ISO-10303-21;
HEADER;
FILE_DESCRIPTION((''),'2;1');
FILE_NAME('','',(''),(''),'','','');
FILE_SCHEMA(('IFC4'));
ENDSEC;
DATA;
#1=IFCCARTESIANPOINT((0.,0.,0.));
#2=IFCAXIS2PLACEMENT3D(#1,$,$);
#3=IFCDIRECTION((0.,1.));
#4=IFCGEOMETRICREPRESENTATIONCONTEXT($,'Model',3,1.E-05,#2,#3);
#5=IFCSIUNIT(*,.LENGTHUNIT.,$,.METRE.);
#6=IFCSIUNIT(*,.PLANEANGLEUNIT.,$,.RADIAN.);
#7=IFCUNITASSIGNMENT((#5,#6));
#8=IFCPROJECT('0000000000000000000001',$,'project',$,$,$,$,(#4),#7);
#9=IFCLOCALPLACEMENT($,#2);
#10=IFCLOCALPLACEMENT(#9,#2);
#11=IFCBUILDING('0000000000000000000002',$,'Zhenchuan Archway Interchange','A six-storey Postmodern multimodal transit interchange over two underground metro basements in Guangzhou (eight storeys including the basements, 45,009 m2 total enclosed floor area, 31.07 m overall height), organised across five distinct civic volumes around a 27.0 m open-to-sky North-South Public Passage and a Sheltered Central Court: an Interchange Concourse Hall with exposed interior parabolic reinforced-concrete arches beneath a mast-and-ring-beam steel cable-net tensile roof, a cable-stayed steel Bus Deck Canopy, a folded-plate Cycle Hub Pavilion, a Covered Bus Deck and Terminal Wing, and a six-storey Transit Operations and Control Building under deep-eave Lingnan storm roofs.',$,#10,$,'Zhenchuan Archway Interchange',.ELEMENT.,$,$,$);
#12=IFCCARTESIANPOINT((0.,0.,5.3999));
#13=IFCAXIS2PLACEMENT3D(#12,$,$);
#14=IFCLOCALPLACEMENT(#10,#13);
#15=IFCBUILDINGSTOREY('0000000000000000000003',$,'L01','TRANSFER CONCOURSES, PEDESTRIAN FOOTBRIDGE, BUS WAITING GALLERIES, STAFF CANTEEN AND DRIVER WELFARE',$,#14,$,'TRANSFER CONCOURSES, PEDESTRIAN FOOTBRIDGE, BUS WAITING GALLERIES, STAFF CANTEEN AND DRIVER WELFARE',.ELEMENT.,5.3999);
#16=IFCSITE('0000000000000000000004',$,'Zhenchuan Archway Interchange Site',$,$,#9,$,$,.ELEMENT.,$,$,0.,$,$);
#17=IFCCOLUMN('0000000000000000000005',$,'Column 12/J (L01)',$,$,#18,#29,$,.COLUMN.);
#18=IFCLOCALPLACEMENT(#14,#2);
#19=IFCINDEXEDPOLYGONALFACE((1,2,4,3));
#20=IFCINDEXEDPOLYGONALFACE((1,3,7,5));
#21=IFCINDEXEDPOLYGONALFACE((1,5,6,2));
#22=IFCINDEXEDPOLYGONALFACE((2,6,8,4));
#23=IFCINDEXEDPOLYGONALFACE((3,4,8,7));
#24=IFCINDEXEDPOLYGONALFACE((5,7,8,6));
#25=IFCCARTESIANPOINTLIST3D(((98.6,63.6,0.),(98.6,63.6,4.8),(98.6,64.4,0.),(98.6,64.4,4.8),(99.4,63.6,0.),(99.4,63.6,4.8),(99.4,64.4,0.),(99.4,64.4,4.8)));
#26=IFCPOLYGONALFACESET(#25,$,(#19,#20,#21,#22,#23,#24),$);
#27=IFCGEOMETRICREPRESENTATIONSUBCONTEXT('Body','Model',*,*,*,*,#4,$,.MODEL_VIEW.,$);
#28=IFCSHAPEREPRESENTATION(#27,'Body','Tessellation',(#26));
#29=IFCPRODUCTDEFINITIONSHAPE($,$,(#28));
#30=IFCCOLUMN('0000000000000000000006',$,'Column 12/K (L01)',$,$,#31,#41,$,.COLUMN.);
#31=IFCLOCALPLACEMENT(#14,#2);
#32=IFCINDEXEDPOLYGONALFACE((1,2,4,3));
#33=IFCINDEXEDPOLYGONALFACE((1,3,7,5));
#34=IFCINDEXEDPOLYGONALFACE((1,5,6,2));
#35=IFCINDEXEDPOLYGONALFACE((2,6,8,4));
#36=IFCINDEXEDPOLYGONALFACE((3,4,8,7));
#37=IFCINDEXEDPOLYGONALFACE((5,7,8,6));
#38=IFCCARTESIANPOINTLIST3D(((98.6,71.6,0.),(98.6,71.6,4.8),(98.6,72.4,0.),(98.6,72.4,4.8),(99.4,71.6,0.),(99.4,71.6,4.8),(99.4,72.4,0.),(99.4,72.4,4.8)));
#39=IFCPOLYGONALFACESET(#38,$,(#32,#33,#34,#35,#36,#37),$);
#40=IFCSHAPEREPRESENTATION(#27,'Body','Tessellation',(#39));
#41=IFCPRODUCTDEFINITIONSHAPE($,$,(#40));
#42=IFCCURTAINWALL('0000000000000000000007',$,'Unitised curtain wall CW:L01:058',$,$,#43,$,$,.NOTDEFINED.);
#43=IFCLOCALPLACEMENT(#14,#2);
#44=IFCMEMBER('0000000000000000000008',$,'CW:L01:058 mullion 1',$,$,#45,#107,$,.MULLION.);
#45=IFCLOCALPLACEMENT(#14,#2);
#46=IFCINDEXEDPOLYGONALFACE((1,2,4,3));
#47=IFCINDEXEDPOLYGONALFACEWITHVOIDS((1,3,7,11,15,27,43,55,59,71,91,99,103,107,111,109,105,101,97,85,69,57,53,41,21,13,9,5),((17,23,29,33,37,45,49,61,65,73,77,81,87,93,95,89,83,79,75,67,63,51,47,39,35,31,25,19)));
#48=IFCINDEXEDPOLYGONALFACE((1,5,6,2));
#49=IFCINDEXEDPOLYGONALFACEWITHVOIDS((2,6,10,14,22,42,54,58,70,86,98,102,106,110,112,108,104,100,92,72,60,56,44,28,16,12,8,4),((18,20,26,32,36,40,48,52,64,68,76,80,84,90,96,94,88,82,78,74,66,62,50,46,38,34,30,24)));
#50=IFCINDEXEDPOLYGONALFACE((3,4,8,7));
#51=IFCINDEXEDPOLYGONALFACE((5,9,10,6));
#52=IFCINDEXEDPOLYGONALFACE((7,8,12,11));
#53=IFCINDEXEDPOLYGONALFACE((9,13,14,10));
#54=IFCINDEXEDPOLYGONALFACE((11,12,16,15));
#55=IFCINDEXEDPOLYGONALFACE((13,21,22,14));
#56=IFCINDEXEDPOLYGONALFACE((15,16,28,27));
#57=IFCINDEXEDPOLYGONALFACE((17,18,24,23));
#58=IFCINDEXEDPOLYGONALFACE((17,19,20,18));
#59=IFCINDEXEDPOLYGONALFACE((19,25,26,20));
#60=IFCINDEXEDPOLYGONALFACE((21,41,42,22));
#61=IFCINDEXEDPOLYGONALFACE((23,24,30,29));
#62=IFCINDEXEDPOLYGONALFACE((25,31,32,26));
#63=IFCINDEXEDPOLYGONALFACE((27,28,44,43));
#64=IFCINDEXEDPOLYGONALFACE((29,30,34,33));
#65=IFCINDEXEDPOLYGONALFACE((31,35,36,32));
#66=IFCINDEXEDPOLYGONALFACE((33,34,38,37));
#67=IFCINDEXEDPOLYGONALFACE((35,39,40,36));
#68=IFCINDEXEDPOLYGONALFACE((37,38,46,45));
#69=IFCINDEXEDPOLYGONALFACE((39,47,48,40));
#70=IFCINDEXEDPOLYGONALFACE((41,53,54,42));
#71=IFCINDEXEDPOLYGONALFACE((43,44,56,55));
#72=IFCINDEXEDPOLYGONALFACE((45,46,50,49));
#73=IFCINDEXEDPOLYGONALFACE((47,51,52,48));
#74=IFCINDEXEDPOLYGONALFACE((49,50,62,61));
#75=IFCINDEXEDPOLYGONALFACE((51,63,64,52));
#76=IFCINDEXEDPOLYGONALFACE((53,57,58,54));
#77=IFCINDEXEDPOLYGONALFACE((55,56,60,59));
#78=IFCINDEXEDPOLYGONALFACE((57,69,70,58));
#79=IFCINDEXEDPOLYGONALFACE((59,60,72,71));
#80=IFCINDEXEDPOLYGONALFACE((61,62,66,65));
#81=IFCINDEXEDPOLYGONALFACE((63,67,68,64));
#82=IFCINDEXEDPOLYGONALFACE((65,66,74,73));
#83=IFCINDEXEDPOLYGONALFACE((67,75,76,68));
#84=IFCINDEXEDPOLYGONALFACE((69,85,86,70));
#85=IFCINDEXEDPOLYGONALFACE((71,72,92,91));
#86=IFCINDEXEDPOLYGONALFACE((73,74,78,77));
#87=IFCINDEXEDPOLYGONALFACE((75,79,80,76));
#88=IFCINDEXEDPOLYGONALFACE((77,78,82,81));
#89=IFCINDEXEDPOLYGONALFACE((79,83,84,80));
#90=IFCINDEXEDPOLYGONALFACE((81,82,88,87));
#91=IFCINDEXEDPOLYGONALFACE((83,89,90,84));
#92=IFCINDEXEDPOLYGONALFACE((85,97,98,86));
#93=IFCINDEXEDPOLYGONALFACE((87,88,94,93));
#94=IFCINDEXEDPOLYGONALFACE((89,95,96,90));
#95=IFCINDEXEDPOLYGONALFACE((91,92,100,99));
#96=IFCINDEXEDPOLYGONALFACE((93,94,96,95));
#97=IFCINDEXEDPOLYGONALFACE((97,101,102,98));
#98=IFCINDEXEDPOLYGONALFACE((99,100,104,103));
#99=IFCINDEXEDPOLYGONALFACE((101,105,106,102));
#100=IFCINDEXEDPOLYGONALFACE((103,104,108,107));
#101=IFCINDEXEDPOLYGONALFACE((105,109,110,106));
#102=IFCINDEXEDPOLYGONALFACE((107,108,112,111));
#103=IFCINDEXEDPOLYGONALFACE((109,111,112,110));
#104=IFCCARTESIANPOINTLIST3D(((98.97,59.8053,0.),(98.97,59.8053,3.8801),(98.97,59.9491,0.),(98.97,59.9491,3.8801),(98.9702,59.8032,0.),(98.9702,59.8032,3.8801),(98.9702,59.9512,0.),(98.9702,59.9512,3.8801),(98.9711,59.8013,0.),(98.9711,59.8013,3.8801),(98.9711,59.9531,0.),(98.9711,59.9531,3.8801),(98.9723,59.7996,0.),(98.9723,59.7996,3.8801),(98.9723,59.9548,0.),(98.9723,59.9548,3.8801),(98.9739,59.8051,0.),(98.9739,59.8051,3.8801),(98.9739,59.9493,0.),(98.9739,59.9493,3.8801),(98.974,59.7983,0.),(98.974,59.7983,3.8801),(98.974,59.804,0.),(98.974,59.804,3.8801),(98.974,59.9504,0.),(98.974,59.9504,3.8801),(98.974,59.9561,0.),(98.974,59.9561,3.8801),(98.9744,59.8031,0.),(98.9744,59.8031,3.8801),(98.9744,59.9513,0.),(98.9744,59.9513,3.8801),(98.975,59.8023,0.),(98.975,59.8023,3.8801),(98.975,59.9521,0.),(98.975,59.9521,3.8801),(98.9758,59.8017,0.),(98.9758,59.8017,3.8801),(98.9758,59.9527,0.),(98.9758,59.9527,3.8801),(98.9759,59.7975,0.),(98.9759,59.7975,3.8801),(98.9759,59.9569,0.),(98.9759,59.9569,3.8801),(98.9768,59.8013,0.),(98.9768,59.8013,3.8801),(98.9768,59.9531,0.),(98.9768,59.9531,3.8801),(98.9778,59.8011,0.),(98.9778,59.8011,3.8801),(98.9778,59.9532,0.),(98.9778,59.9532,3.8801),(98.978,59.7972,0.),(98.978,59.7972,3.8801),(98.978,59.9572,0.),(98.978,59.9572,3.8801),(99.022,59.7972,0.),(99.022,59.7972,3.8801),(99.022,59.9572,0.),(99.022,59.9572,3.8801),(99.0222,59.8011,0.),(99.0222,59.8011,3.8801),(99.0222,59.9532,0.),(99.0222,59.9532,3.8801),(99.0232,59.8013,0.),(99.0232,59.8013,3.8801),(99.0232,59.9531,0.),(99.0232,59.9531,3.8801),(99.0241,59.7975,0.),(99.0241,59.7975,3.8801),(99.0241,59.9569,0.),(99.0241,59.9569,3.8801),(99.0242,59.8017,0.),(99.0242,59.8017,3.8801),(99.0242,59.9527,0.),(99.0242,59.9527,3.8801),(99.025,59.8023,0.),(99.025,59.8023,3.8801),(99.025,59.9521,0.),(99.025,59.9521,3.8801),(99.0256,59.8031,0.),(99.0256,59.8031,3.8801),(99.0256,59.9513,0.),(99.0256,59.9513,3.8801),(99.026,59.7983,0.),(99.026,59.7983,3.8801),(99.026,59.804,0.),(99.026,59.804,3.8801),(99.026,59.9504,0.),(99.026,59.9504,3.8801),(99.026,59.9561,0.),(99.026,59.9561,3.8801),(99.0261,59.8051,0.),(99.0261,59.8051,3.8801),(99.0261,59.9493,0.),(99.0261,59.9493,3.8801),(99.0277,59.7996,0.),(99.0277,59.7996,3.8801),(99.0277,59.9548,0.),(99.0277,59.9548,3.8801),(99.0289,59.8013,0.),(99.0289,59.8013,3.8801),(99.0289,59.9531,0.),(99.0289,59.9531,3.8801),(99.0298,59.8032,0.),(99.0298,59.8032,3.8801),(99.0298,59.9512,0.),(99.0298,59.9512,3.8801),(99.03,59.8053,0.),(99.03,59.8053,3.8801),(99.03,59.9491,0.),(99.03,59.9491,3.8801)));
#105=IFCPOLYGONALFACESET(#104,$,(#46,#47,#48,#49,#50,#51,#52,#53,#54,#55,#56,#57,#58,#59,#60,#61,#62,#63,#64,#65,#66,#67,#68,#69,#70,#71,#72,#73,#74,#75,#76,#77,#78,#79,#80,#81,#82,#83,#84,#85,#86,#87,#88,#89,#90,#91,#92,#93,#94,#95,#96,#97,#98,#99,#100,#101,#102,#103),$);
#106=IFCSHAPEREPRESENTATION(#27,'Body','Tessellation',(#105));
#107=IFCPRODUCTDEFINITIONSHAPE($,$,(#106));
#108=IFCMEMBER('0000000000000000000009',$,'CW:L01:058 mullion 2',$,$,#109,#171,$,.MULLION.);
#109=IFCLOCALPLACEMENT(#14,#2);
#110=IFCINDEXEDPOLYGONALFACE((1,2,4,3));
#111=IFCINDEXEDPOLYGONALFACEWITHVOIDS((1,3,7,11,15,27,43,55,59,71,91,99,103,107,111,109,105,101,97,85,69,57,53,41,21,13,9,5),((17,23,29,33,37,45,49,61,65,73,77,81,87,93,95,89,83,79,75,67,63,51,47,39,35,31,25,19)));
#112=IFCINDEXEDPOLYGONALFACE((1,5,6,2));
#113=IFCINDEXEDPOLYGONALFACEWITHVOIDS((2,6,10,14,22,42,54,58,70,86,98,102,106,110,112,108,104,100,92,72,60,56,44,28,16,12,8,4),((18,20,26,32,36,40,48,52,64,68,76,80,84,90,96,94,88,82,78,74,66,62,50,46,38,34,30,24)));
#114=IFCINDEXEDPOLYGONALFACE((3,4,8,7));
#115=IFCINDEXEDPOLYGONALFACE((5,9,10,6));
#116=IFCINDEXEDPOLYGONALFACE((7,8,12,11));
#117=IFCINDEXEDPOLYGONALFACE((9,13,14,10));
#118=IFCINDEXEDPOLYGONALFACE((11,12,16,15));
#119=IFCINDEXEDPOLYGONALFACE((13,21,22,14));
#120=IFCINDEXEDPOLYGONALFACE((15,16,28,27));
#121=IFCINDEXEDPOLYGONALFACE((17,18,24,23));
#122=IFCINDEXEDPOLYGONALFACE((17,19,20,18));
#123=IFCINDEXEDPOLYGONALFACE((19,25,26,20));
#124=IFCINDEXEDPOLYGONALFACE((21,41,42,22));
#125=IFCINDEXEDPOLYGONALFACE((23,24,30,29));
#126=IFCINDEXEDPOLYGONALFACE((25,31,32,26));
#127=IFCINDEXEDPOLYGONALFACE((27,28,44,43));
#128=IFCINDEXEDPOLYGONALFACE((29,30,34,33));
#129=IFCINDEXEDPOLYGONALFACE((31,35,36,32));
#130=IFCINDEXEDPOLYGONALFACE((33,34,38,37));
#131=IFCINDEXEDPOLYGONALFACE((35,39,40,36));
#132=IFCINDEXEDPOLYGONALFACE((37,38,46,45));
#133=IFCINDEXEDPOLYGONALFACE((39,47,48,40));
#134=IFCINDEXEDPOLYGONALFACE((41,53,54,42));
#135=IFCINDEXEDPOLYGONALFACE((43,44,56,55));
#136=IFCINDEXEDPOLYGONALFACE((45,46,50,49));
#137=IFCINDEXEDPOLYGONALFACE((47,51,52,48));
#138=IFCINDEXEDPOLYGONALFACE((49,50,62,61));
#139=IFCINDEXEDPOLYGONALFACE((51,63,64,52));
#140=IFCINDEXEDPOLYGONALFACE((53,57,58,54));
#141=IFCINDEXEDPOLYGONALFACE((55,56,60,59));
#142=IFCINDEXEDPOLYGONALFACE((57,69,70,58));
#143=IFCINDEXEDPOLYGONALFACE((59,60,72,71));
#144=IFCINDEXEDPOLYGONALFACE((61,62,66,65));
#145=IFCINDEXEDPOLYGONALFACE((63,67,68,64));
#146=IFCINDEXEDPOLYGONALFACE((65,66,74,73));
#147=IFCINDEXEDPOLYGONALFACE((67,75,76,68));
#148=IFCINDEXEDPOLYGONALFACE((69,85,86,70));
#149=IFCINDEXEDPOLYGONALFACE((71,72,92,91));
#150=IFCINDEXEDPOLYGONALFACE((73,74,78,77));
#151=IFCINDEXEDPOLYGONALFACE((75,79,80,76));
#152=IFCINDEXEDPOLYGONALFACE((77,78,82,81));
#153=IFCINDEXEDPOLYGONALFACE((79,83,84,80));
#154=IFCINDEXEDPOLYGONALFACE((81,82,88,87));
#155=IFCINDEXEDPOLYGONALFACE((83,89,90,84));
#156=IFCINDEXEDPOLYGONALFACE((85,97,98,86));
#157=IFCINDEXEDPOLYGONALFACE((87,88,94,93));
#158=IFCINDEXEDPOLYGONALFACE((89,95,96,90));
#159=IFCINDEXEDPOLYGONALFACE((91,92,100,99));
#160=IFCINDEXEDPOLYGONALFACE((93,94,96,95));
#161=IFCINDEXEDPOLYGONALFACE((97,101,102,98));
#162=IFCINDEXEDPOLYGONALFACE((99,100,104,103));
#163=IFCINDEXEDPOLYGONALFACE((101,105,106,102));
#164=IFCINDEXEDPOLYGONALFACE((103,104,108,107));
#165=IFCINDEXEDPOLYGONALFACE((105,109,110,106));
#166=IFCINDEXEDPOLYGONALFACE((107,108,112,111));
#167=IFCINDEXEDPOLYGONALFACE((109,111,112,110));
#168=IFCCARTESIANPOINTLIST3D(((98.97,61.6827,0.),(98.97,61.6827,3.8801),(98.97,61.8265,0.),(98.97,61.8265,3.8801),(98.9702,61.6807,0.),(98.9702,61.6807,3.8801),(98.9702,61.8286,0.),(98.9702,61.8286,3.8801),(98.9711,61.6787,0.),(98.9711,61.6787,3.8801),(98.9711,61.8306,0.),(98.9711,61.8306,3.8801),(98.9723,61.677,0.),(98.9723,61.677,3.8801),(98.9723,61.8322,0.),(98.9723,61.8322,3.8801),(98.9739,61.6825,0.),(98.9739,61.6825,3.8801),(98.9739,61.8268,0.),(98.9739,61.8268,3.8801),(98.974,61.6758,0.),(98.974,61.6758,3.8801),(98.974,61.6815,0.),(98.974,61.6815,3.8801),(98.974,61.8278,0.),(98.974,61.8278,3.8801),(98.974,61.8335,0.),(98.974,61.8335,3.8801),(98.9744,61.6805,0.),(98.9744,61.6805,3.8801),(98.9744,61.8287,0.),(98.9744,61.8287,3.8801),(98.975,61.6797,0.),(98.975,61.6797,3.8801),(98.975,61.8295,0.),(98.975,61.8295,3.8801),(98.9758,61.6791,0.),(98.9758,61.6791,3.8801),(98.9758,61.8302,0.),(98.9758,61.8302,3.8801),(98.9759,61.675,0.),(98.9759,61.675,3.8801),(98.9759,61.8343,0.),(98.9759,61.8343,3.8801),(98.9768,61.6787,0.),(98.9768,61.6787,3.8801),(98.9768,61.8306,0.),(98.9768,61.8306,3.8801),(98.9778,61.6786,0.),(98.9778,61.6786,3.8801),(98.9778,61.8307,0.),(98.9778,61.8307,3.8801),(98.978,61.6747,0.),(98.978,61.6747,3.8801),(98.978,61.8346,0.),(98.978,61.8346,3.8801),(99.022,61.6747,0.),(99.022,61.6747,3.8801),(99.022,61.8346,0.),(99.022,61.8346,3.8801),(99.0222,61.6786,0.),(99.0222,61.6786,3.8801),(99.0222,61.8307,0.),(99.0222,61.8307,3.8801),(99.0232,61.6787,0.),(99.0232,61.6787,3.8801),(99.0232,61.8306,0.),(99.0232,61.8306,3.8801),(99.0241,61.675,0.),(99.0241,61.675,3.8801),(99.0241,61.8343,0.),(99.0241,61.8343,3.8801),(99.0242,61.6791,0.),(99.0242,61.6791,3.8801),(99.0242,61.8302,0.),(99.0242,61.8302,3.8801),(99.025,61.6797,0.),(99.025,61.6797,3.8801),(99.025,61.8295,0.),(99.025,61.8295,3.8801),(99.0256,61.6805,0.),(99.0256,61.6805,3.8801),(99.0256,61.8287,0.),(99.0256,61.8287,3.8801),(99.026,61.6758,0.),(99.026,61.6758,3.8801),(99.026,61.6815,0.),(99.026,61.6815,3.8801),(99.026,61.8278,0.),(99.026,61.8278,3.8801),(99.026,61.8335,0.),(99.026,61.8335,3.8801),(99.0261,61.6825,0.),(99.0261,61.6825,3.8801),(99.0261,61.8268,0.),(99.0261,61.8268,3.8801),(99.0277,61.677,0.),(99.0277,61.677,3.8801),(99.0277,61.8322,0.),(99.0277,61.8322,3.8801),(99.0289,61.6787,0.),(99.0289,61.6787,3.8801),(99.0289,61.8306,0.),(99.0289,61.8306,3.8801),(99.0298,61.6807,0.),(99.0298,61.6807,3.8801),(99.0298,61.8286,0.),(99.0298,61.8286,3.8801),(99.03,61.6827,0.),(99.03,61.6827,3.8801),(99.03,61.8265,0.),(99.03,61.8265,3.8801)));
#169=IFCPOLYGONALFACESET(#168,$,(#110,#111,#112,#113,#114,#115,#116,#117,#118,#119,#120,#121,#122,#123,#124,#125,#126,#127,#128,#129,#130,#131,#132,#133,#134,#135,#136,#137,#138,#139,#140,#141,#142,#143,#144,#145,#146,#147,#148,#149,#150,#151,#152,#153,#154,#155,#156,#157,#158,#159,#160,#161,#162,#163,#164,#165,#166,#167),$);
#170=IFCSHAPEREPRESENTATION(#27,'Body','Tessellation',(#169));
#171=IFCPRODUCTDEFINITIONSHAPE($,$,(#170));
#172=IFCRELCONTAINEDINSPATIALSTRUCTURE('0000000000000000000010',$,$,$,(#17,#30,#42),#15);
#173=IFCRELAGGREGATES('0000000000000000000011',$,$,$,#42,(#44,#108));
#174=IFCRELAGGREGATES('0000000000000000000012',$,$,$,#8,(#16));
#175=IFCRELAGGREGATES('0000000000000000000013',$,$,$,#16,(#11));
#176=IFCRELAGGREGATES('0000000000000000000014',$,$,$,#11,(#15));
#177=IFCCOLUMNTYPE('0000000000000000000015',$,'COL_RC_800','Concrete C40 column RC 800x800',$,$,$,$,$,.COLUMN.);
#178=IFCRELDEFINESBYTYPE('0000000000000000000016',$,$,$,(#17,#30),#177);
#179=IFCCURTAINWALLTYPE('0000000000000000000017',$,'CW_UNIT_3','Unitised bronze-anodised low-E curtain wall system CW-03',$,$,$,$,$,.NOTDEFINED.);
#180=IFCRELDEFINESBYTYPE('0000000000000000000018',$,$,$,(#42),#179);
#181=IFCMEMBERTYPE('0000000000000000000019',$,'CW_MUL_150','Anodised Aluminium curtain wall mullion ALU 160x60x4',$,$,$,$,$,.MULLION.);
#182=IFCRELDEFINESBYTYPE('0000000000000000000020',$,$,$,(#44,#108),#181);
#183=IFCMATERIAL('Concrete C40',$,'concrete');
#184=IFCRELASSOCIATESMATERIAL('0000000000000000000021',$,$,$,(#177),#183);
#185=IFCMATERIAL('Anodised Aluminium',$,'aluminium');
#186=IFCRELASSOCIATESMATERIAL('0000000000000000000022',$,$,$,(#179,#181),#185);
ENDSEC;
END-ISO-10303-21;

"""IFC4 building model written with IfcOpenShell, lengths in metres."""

from ifc_helpers import new_model, si_unit, direction, frame, origin, origin_2d, place, context, subcontext, project, spatial, rectangle, hollow_rectangle, extrude, material, material_profile, profile_set, type_object, element, aggregate, save


model = new_model("IFC4")

# Units and contexts
model_context = context("Model", 3, precision=1e-05, world=origin(), true_north=direction((0.0, 1.0)))
body_context = subcontext(model_context, "Body", "Model", "MODEL_VIEW")
ifc_project = project(units=[si_unit("LENGTHUNIT", "METRE"), si_unit("PLANEANGLEUNIT", "RADIAN")], contexts=[model_context])

# Site, building, storey
site_placement = place(None, origin())
site = spatial("IfcSite", under=ifc_project, at=site_placement, Name="Zhenchuan Archway Interchange Site", CompositionType="ELEMENT", RefElevation=0.0)
building_placement = place(site_placement, origin())
building = spatial("IfcBuilding", under=site, at=building_placement, Name="Zhenchuan Archway Interchange", Description="A six-storey Postmodern multimodal transit interchange over two underground metro basements in Guangzhou (eight storeys including the basements, 45,009 m2 total enclosed floor area, 31.07 m overall height), organised across five distinct civic volumes around a 27.0 m open-to-sky North-South Public Passage and a Sheltered Central Court: an Interchange Concourse Hall with exposed interior parabolic reinforced-concrete arches beneath a mast-and-ring-beam steel cable-net tensile roof, a cable-stayed steel Bus Deck Canopy, a folded-plate Cycle Hub Pavilion, a Covered Bus Deck and Terminal Wing, and a six-storey Transit Operations and Control Building under deep-eave Lingnan storm roofs.", LongName="Zhenchuan Archway Interchange", CompositionType="ELEMENT")
storey_placement = place(building_placement, frame((0.0, 0.0, 5.3999)))
storey = spatial("IfcBuildingStorey", under=building, at=storey_placement, Name="L01", Description="TRANSFER CONCOURSES, PEDESTRIAN FOOTBRIDGE, BUS WAITING GALLERIES, STAFF CANTEEN AND DRIVER WELFARE", LongName="TRANSFER CONCOURSES, PEDESTRIAN FOOTBRIDGE, BUS WAITING GALLERIES, STAFF CANTEEN AND DRIVER WELFARE", CompositionType="ELEMENT", Elevation=5.3999)

# Columns
ifc_material_1 = material(Name="Concrete C40", Category="concrete")
ifc_material_profile_1 = material_profile(ifc_material_1, rectangle(XDim=0.8, YDim=0.8, at=origin_2d()), Name="RC 800x800")
ifc_profile_set_1 = profile_set([ifc_material_profile_1], Name="Concrete C40")
column_type = type_object("IfcColumnType", Name="COL_RC_800", Description="Concrete C40 column RC 800x800", PredefinedType="COLUMN", material=ifc_profile_set_1)
for number, where, z_axis, x_axis, name in (
    (1, (99.0, 64.0, 0.0), (0.0, 0.0, 1.0), (1.0, 0.0, 0.0), "Column 12/J (L01)"),
    (2, (99.0, 72.0, 0.0), (0.0, 0.0, 1.0), (1.0, 0.0, 0.0), "Column 12/K (L01)"),
):
    element("IfcColumn", number, at=place(storey_placement, frame(where, z_axis=z_axis, x_axis=x_axis)), inside=storey, type_object=column_type, Name=name, PredefinedType="COLUMN", context=body_context, shape_type="SweptSolid", body=[
        extrude(rectangle(XDim=0.8, YDim=0.8, at=origin_2d()), origin(), (0.0, 0.0, 1.0), 4.8),
    ])

# Curtain wall, members
ifc_material_2 = material(Name="Anodised Aluminium", Category="aluminium")
curtain_wall_type_1 = type_object("IfcCurtainWallType", Name="CW_UNIT_3", Description="Unitised bronze-anodised low-E curtain wall system CW-03", PredefinedType="NOTDEFINED", material=ifc_material_2)
curtain_wall_1_placement = place(storey_placement, origin())
curtain_wall_1 = element("IfcCurtainWall", 3, at=curtain_wall_1_placement, inside=storey, type_object=curtain_wall_type_1, Name="Unitised curtain wall CW:L01:058", PredefinedType="NOTDEFINED")
ifc_material_profile_2 = material_profile(ifc_material_2, hollow_rectangle(XDim=0.0601, YDim=0.1599, WallThickness=0.0039, InnerFilletRadius=0.0039, OuterFilletRadius=0.0081, at=origin_2d()), Name="ALU 160x60x4")
ifc_profile_set_2 = profile_set([ifc_material_profile_2], Name="Anodised Aluminium")
member_type_1 = type_object("IfcMemberType", Name="CW_MUL_150", Description="Anodised Aluminium curtain wall mullion ALU 160x60x4", PredefinedType="MULLION", material=ifc_profile_set_2)
member_1_placement = place(storey_placement, frame((99.0, 59.8772, 0.0), z_axis=(0.0, 0.0, 1.0), x_axis=(1.0, 0.0, 0.0)))
member_1 = element("IfcMember", 4, at=member_1_placement, type_object=member_type_1, Name="CW:L01:058 mullion 1", PredefinedType="MULLION", context=body_context, shape_type="SweptSolid", body=[
    extrude(hollow_rectangle(XDim=0.0601, YDim=0.1599, WallThickness=0.0039, InnerFilletRadius=0.0039, OuterFilletRadius=0.0081, at=origin_2d()), origin(), (0.0, 0.0, 1.0), 3.8801),
])
member_2_placement = place(storey_placement, frame((99.0, 61.7546, 0.0), z_axis=(0.0, 0.0, 1.0), x_axis=(1.0, 0.0, 0.0)))
member_2 = element("IfcMember", 5, at=member_2_placement, type_object=member_type_1, Name="CW:L01:058 mullion 2", PredefinedType="MULLION", context=body_context, shape_type="SweptSolid", body=[
    extrude(hollow_rectangle(XDim=0.0601, YDim=0.1599, WallThickness=0.0039, InnerFilletRadius=0.0039, OuterFilletRadius=0.0081, at=origin_2d()), origin(), (0.0, 0.0, 1.0), 3.8801),
])

aggregate(curtain_wall_1, [member_1, member_2])

save(model, "model.ifc")
